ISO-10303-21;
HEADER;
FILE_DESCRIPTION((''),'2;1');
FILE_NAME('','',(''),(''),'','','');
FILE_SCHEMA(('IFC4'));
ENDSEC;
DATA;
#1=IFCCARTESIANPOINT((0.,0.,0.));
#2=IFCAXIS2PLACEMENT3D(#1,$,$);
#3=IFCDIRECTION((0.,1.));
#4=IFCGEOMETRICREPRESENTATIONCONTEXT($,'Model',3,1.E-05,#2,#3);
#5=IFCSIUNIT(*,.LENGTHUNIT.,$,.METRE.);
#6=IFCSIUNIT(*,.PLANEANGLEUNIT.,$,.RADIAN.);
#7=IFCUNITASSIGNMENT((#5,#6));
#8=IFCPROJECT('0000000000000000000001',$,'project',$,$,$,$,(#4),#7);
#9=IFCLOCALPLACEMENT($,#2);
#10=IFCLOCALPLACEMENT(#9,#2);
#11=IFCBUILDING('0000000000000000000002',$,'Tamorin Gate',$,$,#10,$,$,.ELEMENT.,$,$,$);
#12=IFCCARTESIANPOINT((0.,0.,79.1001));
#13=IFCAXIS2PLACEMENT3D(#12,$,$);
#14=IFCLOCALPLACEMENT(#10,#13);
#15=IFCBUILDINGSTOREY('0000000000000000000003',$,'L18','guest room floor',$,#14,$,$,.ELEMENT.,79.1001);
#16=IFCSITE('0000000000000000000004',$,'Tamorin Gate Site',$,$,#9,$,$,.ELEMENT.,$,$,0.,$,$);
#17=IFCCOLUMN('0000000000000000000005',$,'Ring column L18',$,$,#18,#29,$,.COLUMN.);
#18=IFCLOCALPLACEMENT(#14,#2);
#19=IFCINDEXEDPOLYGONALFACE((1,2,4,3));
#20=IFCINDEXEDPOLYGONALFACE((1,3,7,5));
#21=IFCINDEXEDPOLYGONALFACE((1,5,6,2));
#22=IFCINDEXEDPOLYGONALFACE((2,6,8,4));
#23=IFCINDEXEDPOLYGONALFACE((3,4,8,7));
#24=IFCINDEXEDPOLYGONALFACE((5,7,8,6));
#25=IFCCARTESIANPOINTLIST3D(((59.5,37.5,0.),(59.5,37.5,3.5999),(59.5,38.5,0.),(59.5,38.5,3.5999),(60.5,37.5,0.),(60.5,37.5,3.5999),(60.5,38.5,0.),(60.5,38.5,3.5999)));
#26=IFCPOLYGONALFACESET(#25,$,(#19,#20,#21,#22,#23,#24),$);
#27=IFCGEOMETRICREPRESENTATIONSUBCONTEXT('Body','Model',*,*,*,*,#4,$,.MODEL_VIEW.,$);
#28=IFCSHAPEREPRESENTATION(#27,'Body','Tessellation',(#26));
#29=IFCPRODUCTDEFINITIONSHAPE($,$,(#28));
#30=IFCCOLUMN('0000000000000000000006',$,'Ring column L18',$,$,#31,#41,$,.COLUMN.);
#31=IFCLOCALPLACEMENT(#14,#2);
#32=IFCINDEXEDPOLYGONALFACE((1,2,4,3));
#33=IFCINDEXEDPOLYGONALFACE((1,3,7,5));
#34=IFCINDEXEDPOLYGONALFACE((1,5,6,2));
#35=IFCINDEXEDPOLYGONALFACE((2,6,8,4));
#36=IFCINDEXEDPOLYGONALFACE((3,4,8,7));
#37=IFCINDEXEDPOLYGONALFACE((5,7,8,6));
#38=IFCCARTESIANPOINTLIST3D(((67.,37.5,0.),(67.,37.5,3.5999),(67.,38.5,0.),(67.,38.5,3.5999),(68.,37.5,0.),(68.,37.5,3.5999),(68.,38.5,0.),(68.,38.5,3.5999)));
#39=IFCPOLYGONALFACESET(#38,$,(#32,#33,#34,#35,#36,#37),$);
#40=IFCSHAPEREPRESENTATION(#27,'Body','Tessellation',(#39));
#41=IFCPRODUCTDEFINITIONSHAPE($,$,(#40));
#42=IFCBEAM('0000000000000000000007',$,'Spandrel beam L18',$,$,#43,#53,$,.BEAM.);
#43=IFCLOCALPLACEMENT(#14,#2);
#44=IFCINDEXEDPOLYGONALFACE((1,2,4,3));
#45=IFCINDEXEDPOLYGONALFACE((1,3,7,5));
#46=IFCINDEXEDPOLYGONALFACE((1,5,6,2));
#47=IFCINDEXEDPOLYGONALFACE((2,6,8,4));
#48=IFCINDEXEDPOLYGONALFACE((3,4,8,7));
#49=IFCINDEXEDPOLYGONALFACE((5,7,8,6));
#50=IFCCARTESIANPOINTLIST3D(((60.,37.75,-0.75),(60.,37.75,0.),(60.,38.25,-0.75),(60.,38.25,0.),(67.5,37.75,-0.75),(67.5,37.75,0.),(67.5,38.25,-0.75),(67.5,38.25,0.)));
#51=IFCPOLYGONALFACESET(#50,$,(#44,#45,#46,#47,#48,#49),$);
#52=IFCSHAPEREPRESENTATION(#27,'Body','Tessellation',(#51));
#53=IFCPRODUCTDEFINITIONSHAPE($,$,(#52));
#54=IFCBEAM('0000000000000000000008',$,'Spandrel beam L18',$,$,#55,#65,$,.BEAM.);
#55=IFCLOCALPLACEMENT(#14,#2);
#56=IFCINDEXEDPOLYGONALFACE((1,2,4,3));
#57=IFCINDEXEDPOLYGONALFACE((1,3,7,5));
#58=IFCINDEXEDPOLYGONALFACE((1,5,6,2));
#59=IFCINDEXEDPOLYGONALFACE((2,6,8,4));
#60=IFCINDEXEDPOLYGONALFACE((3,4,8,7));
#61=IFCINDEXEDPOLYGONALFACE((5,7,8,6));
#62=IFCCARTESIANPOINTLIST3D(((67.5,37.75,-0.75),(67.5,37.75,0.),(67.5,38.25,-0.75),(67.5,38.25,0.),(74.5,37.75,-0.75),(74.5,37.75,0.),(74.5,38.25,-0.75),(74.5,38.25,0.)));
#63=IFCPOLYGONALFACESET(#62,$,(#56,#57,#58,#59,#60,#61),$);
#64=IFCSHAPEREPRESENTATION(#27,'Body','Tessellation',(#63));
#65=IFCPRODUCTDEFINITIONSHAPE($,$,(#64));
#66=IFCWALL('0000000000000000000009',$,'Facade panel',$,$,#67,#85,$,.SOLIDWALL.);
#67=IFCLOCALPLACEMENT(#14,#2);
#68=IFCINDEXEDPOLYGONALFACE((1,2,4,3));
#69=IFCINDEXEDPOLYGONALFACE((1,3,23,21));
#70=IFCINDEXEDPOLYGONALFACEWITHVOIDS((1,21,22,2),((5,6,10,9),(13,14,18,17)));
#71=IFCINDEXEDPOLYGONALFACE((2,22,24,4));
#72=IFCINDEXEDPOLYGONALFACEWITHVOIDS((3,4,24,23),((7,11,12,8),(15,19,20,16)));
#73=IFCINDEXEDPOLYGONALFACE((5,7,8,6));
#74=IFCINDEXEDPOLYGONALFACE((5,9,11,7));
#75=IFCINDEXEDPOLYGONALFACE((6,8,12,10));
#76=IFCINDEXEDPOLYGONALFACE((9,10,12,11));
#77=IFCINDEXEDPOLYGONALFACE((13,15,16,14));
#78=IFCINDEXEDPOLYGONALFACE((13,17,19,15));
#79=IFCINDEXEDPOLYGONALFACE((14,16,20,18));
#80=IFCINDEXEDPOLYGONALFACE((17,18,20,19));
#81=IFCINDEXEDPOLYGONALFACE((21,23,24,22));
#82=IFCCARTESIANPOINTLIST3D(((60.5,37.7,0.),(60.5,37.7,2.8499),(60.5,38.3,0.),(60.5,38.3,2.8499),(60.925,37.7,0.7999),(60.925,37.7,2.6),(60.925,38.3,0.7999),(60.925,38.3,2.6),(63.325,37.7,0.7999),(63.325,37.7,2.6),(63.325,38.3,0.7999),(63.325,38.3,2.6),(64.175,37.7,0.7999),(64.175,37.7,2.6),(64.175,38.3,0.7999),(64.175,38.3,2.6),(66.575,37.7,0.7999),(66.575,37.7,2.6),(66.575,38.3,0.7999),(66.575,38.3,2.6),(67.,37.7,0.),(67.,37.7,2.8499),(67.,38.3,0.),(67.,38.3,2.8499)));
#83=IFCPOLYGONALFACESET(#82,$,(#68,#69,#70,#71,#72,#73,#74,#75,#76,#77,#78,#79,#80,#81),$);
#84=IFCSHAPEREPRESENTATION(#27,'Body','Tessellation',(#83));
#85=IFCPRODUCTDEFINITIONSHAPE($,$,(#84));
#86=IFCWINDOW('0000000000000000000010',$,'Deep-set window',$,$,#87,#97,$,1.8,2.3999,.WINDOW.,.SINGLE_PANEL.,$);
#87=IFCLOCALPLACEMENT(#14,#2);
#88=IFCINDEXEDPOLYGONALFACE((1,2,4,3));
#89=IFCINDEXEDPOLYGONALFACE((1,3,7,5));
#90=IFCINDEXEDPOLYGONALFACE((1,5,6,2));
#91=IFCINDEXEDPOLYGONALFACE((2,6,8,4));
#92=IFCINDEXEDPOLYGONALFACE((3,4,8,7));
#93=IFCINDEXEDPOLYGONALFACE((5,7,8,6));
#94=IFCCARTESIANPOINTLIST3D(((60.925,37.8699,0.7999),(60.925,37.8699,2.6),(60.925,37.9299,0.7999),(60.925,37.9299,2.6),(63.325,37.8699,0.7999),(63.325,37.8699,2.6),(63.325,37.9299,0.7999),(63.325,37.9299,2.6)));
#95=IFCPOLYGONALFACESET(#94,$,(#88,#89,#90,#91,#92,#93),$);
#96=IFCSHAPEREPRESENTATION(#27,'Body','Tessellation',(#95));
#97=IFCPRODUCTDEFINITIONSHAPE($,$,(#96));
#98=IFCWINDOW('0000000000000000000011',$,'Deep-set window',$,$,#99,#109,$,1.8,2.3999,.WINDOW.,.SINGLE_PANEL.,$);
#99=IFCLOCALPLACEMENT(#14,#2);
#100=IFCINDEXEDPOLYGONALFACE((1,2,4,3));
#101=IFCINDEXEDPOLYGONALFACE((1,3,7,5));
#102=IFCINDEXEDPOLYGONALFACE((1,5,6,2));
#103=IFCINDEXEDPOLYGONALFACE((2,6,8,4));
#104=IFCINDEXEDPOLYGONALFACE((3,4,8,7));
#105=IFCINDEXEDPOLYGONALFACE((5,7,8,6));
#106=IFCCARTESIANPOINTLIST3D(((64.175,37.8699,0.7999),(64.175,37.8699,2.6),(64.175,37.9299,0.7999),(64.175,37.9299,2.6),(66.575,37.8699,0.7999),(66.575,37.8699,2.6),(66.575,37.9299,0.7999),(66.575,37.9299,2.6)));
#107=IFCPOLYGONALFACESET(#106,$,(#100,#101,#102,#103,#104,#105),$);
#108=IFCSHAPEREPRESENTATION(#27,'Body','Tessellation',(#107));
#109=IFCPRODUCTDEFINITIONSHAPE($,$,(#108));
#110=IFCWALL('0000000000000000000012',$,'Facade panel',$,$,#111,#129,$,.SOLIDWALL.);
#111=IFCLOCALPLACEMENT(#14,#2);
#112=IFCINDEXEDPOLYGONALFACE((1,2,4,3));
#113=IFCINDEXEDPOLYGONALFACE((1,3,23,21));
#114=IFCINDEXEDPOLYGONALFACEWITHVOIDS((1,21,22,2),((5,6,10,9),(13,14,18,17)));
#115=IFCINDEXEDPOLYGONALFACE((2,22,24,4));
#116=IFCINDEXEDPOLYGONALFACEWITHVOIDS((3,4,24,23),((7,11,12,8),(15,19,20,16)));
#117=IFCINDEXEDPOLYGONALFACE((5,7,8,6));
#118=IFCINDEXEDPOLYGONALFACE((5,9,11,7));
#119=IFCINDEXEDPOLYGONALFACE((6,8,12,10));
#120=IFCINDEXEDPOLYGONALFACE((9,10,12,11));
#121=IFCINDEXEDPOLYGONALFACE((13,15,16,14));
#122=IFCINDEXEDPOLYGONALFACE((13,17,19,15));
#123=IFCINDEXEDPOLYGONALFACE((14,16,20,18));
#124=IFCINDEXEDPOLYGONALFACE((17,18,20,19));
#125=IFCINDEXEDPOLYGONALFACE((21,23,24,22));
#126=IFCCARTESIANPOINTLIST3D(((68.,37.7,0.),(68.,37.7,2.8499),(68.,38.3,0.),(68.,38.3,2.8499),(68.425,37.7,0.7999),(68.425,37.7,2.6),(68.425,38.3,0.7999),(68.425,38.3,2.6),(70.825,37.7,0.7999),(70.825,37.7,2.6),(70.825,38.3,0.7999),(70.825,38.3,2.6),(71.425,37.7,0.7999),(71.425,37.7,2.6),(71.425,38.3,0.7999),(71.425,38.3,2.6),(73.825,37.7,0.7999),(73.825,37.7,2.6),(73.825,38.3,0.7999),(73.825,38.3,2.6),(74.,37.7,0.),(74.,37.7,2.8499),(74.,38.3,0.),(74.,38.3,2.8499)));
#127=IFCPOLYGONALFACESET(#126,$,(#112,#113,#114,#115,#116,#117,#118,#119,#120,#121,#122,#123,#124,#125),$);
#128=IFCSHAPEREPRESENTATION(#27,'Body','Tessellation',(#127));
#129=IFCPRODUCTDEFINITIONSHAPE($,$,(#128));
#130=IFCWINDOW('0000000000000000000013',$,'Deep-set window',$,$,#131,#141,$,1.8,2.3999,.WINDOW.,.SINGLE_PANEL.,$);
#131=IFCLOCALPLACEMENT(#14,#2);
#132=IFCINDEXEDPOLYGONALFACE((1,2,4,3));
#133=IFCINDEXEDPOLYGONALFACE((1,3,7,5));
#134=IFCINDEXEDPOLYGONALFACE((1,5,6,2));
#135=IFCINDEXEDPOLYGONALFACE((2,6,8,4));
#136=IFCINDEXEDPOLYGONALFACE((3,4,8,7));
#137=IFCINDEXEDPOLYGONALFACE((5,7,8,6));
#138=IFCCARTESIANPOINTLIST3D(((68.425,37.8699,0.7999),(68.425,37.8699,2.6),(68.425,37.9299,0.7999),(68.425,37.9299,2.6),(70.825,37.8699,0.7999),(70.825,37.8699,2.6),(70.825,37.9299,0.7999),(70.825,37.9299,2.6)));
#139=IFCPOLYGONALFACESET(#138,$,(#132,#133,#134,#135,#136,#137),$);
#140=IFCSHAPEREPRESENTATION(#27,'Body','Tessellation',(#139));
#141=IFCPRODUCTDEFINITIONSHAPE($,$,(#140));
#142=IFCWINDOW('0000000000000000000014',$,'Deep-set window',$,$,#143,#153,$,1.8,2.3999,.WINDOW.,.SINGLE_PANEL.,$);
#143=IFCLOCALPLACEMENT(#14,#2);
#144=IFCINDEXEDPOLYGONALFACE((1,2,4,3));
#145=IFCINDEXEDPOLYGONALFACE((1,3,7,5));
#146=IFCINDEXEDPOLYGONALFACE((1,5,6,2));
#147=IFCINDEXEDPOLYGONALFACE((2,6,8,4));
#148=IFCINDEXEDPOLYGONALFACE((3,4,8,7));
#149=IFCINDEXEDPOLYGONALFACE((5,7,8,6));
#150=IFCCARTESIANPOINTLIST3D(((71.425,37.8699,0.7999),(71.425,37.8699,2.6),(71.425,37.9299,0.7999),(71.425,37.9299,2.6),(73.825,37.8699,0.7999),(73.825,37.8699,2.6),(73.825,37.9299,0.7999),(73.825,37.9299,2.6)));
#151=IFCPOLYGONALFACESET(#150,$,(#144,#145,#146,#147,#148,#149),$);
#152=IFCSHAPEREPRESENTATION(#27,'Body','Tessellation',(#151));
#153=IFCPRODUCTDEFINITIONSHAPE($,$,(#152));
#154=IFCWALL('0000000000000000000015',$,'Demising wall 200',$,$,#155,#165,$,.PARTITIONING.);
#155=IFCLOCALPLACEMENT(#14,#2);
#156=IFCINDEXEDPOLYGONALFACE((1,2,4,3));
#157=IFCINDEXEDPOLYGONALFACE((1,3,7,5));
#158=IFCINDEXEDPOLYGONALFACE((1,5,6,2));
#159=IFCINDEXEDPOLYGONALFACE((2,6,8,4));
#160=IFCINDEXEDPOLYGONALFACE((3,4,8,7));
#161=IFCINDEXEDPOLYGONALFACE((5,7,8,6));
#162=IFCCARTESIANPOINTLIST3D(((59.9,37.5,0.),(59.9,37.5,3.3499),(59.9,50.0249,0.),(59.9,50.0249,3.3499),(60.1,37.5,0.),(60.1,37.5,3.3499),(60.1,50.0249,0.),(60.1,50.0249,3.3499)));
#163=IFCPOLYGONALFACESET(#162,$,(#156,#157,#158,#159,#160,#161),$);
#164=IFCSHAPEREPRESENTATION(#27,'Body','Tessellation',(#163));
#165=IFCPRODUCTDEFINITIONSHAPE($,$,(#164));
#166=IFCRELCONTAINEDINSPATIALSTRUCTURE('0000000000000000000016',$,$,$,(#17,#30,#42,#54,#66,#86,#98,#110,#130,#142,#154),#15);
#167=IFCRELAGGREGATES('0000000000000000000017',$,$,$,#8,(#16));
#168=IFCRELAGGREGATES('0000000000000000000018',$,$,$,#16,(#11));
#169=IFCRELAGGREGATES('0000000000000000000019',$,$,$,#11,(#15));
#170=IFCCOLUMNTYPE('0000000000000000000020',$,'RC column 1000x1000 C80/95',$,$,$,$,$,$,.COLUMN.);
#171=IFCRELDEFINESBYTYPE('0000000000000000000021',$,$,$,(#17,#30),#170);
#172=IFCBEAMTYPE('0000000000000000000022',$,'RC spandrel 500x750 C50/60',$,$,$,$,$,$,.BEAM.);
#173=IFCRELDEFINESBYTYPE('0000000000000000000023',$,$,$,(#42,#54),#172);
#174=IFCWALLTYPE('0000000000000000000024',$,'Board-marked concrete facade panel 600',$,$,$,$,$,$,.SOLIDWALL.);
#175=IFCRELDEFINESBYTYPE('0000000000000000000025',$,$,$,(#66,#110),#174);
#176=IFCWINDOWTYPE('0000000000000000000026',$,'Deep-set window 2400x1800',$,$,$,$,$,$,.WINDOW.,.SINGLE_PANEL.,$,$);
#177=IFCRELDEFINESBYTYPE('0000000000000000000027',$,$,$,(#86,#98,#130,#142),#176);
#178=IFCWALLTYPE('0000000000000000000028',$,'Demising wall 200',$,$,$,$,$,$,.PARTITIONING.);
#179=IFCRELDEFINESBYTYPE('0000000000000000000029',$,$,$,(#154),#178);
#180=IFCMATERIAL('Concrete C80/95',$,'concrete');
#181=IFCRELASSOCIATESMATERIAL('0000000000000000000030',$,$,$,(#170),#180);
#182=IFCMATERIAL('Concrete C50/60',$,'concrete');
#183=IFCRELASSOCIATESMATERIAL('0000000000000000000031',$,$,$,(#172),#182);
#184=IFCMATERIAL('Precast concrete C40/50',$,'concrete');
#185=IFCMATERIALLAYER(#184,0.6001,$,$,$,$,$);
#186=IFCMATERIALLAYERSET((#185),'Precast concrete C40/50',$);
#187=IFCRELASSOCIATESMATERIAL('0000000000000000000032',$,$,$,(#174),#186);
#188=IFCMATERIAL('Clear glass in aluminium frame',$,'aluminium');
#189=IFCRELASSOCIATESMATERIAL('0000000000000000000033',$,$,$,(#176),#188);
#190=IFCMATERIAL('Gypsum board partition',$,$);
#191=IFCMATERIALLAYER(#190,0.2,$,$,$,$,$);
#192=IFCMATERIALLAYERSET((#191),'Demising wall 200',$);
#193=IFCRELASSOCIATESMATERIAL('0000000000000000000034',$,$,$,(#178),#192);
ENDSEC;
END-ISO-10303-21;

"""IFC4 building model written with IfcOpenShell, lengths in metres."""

from ifc_helpers import new_model, si_unit, direction, frame, frame_2d, origin, origin_2d, place, context, subcontext, project, spatial, rectangle, extrude, material, layer, layer_set, material_profile, profile_set, type_object, element, fill, save


model = new_model("IFC4")

# Units and contexts
model_context = context("Model", 3, precision=1e-05, world=origin(), true_north=direction((0.0, 1.0)))
body_context = subcontext(model_context, "Body", "Model", "MODEL_VIEW")
ifc_project = project(units=[si_unit("LENGTHUNIT", "METRE"), si_unit("PLANEANGLEUNIT", "RADIAN")], contexts=[model_context])

# Site, building, storey
site_placement = place(None, origin())
site = spatial("IfcSite", under=ifc_project, at=site_placement, Name="Tamorin Gate Site", CompositionType="ELEMENT", RefElevation=0.0)
building_placement = place(site_placement, origin())
building = spatial("IfcBuilding", under=site, at=building_placement, Name="Tamorin Gate", CompositionType="ELEMENT")
storey_placement = place(building_placement, frame((0.0, 0.0, 79.1001)))
storey = spatial("IfcBuildingStorey", under=building, at=storey_placement, Name="L18", Description="guest room floor", CompositionType="ELEMENT", Elevation=79.1001)

# Columns
ifc_material_1 = material(Name="Concrete C80/95", Category="concrete")
ifc_material_profile_1 = material_profile(ifc_material_1, rectangle(XDim=1.0, YDim=1.0, at=origin_2d()), Name="RC 1000x1000")
ifc_profile_set_1 = profile_set([ifc_material_profile_1], Name="Concrete C80/95")
column_type = type_object("IfcColumnType", Name="RC column 1000x1000 C80/95", PredefinedType="COLUMN", material=ifc_profile_set_1)
for number, where, z_axis, x_axis, name in (
    (1, (60.0, 38.0, 0.0), (0.0, 0.0, 1.0), (1.0, 0.0, 0.0), "Ring column L18"),
    (2, (67.5, 38.0, 0.0), (0.0, 0.0, 1.0), (1.0, 0.0, 0.0), "Ring column L18"),
):
    element("IfcColumn", number, at=place(storey_placement, frame(where, z_axis=z_axis, x_axis=x_axis)), inside=storey, type_object=column_type, Name=name, PredefinedType="COLUMN", context=body_context, shape_type="SweptSolid", body=[
        extrude(rectangle(XDim=1.0, YDim=1.0, at=origin_2d()), origin(), (0.0, 0.0, 1.0), 3.5999),
    ])

# Beams
ifc_material_2 = material(Name="Concrete C50/60", Category="concrete")
ifc_material_profile_2 = material_profile(ifc_material_2, rectangle(XDim=0.5, YDim=0.75, at=origin_2d()), Name="RC 500x750")
ifc_profile_set_2 = profile_set([ifc_material_profile_2], Name="Concrete C50/60")
beam_type = type_object("IfcBeamType", Name="RC spandrel 500x750 C50/60", PredefinedType="BEAM", material=ifc_profile_set_2)
beam_1_placement = place(storey_placement, frame((60.0, 38.0, -0.375), z_axis=(1.0, 0.0, 0.0), x_axis=(0.0, 1.0, 0.0)))
element("IfcBeam", 3, at=beam_1_placement, inside=storey, type_object=beam_type, Name="Spandrel beam L18", PredefinedType="BEAM", context=body_context, shape_type="SweptSolid", body=[
    extrude(rectangle(XDim=0.5, YDim=0.75, at=origin_2d()), origin(), (0.0, 0.0, 1.0), 7.5),
])
beam_2_placement = place(storey_placement, frame((67.5, 38.0, -0.375), z_axis=(1.0, 0.0, 0.0), x_axis=(0.0, 1.0, 0.0)))
element("IfcBeam", 4, at=beam_2_placement, inside=storey, type_object=beam_type, Name="Spandrel beam L18", PredefinedType="BEAM", context=body_context, shape_type="SweptSolid", body=[
    extrude(rectangle(XDim=0.5, YDim=0.75, at=origin_2d()), origin(), (0.0, 0.0, 1.0), 7.0),
])

# Walls, openings, windows
ifc_material_3 = material(Name="Precast concrete C40/50", Category="concrete")
ifc_layer_1 = layer(ifc_material_3, 0.6001)
ifc_layer_set_1 = layer_set([ifc_layer_1], Name="Precast concrete C40/50")
wall_type_1 = type_object("IfcWallType", Name="Board-marked concrete facade panel 600", PredefinedType="SOLIDWALL", material=ifc_layer_set_1)
wall_1_placement = place(storey_placement, frame((60.5, 38.0, 0.0), z_axis=(0.0, 0.0, 1.0), x_axis=(1.0, 0.0, 0.0)))
wall_1 = element("IfcWall", 5, at=wall_1_placement, inside=storey, type_object=wall_type_1, Name="Facade panel", PredefinedType="SOLIDWALL", context=body_context, shape_type="SweptSolid", body=[
    extrude(rectangle(XDim=6.5, YDim=0.6001, at=frame_2d((3.25, 0.0))), origin(), (0.0, 0.0, 1.0), 2.8499),
])
opening_1_placement = place(wall_1_placement, frame((0.425, 0.0, 0.8)))
opening_1 = element("IfcOpeningElement", 6, at=opening_1_placement, cuts=wall_1, PredefinedType="OPENING", context=body_context, shape_type="SweptSolid", body=[
    extrude(rectangle(XDim=2.3999, YDim=1.8, at=frame_2d((1.2, 0.8999))), frame((0.0, 0.3101, 0.0), z_axis=(0.0, -1.0, 0.0), x_axis=(1.0, 0.0, 0.0)), (0.0, 0.0, 1.0), 0.6201),
])
opening_2_placement = place(wall_1_placement, frame((3.675, 0.0, 0.8)))
opening_2 = element("IfcOpeningElement", 7, at=opening_2_placement, cuts=wall_1, PredefinedType="OPENING", context=body_context, shape_type="SweptSolid", body=[
    extrude(rectangle(XDim=2.3999, YDim=1.8, at=frame_2d((1.2, 0.8999))), frame((0.0, 0.3101, 0.0), z_axis=(0.0, -1.0, 0.0), x_axis=(1.0, 0.0, 0.0)), (0.0, 0.0, 1.0), 0.6201),
])
ifc_material_4 = material(Name="Clear glass in aluminium frame", Category="aluminium")
window_type = type_object("IfcWindowType", Name="Deep-set window 2400x1800", PartitioningType="SINGLE_PANEL", PredefinedType="WINDOW", material=ifc_material_4)
window_1_placement = place(opening_1_placement, origin())
window_1 = element("IfcWindow", 8, at=window_1_placement, inside=storey, type_object=window_type, Name="Deep-set window", OverallHeight=1.8, OverallWidth=2.3999, PartitioningType="SINGLE_PANEL", PredefinedType="WINDOW", context=body_context, shape_type="SweptSolid", body=[
    extrude(rectangle(XDim=2.3999, YDim=1.8, at=frame_2d((1.2, 0.8999))), frame((0.0, -0.0701, 0.0), z_axis=(0.0, -1.0, 0.0), x_axis=(1.0, 0.0, 0.0)), (0.0, 0.0, 1.0), 0.0601),
])
fill(opening_1, window_1)
window_2_placement = place(opening_2_placement, origin())
window_2 = element("IfcWindow", 9, at=window_2_placement, inside=storey, type_object=window_type, Name="Deep-set window", OverallHeight=1.8, OverallWidth=2.3999, PartitioningType="SINGLE_PANEL", PredefinedType="WINDOW", context=body_context, shape_type="SweptSolid", body=[
    extrude(rectangle(XDim=2.3999, YDim=1.8, at=frame_2d((1.2, 0.8999))), frame((0.0, -0.0701, 0.0), z_axis=(0.0, -1.0, 0.0), x_axis=(1.0, 0.0, 0.0)), (0.0, 0.0, 1.0), 0.0601),
])
fill(opening_2, window_2)
wall_2_placement = place(storey_placement, frame((68.0, 38.0, 0.0), z_axis=(0.0, 0.0, 1.0), x_axis=(1.0, 0.0, 0.0)))
wall_2 = element("IfcWall", 10, at=wall_2_placement, inside=storey, type_object=wall_type_1, Name="Facade panel", PredefinedType="SOLIDWALL", context=body_context, shape_type="SweptSolid", body=[
    extrude(rectangle(XDim=6.0, YDim=0.6001, at=frame_2d((3.0, 0.0))), origin(), (0.0, 0.0, 1.0), 2.8499),
])
opening_3_placement = place(wall_2_placement, frame((0.425, 0.0, 0.8)))
opening_3 = element("IfcOpeningElement", 11, at=opening_3_placement, cuts=wall_2, PredefinedType="OPENING", context=body_context, shape_type="SweptSolid", body=[
    extrude(rectangle(XDim=2.3999, YDim=1.8, at=frame_2d((1.2, 0.8999))), frame((0.0, 0.3101, 0.0), z_axis=(0.0, -1.0, 0.0), x_axis=(1.0, 0.0, 0.0)), (0.0, 0.0, 1.0), 0.6201),
])
opening_4_placement = place(wall_2_placement, frame((3.425, 0.0, 0.8)))
opening_4 = element("IfcOpeningElement", 12, at=opening_4_placement, cuts=wall_2, PredefinedType="OPENING", context=body_context, shape_type="SweptSolid", body=[
    extrude(rectangle(XDim=2.3999, YDim=1.8, at=frame_2d((1.2, 0.8999))), frame((0.0, 0.3101, 0.0), z_axis=(0.0, -1.0, 0.0), x_axis=(1.0, 0.0, 0.0)), (0.0, 0.0, 1.0), 0.6201),
])
window_3_placement = place(opening_3_placement, origin())
window_3 = element("IfcWindow", 13, at=window_3_placement, inside=storey, type_object=window_type, Name="Deep-set window", OverallHeight=1.8, OverallWidth=2.3999, PartitioningType="SINGLE_PANEL", PredefinedType="WINDOW", context=body_context, shape_type="SweptSolid", body=[
    extrude(rectangle(XDim=2.3999, YDim=1.8, at=frame_2d((1.2, 0.8999))), frame((0.0, -0.0701, 0.0), z_axis=(0.0, -1.0, 0.0), x_axis=(1.0, 0.0, 0.0)), (0.0, 0.0, 1.0), 0.0601),
])
fill(opening_3, window_3)
window_4_placement = place(opening_4_placement, origin())
window_4 = element("IfcWindow", 14, at=window_4_placement, inside=storey, type_object=window_type, Name="Deep-set window", OverallHeight=1.8, OverallWidth=2.3999, PartitioningType="SINGLE_PANEL", PredefinedType="WINDOW", context=body_context, shape_type="SweptSolid", body=[
    extrude(rectangle(XDim=2.3999, YDim=1.8, at=frame_2d((1.2, 0.8999))), frame((0.0, -0.0701, 0.0), z_axis=(0.0, -1.0, 0.0), x_axis=(1.0, 0.0, 0.0)), (0.0, 0.0, 1.0), 0.0601),
])
fill(opening_4, window_4)

# Wall
ifc_material_5 = material(Name="Gypsum board partition")
ifc_layer_2 = layer(ifc_material_5, 0.2)
ifc_layer_set_2 = layer_set([ifc_layer_2], Name="Demising wall 200")
wall_type_2 = type_object("IfcWallType", Name="Demising wall 200", PredefinedType="PARTITIONING", material=ifc_layer_set_2)
wall_3_placement = place(storey_placement, frame((60.0, 37.5, 0.0), z_axis=(0.0, 0.0, 1.0), x_axis=(0.0, 1.0, 0.0)))
element("IfcWall", 15, at=wall_3_placement, inside=storey, type_object=wall_type_2, Name="Demising wall 200", PredefinedType="PARTITIONING", context=body_context, shape_type="SweptSolid", body=[
    extrude(rectangle(XDim=12.5249, YDim=0.2, at=frame_2d((6.2625, 0.0))), origin(), (0.0, 0.0, 1.0), 3.3499),
])

save(model, "model.ifc")
